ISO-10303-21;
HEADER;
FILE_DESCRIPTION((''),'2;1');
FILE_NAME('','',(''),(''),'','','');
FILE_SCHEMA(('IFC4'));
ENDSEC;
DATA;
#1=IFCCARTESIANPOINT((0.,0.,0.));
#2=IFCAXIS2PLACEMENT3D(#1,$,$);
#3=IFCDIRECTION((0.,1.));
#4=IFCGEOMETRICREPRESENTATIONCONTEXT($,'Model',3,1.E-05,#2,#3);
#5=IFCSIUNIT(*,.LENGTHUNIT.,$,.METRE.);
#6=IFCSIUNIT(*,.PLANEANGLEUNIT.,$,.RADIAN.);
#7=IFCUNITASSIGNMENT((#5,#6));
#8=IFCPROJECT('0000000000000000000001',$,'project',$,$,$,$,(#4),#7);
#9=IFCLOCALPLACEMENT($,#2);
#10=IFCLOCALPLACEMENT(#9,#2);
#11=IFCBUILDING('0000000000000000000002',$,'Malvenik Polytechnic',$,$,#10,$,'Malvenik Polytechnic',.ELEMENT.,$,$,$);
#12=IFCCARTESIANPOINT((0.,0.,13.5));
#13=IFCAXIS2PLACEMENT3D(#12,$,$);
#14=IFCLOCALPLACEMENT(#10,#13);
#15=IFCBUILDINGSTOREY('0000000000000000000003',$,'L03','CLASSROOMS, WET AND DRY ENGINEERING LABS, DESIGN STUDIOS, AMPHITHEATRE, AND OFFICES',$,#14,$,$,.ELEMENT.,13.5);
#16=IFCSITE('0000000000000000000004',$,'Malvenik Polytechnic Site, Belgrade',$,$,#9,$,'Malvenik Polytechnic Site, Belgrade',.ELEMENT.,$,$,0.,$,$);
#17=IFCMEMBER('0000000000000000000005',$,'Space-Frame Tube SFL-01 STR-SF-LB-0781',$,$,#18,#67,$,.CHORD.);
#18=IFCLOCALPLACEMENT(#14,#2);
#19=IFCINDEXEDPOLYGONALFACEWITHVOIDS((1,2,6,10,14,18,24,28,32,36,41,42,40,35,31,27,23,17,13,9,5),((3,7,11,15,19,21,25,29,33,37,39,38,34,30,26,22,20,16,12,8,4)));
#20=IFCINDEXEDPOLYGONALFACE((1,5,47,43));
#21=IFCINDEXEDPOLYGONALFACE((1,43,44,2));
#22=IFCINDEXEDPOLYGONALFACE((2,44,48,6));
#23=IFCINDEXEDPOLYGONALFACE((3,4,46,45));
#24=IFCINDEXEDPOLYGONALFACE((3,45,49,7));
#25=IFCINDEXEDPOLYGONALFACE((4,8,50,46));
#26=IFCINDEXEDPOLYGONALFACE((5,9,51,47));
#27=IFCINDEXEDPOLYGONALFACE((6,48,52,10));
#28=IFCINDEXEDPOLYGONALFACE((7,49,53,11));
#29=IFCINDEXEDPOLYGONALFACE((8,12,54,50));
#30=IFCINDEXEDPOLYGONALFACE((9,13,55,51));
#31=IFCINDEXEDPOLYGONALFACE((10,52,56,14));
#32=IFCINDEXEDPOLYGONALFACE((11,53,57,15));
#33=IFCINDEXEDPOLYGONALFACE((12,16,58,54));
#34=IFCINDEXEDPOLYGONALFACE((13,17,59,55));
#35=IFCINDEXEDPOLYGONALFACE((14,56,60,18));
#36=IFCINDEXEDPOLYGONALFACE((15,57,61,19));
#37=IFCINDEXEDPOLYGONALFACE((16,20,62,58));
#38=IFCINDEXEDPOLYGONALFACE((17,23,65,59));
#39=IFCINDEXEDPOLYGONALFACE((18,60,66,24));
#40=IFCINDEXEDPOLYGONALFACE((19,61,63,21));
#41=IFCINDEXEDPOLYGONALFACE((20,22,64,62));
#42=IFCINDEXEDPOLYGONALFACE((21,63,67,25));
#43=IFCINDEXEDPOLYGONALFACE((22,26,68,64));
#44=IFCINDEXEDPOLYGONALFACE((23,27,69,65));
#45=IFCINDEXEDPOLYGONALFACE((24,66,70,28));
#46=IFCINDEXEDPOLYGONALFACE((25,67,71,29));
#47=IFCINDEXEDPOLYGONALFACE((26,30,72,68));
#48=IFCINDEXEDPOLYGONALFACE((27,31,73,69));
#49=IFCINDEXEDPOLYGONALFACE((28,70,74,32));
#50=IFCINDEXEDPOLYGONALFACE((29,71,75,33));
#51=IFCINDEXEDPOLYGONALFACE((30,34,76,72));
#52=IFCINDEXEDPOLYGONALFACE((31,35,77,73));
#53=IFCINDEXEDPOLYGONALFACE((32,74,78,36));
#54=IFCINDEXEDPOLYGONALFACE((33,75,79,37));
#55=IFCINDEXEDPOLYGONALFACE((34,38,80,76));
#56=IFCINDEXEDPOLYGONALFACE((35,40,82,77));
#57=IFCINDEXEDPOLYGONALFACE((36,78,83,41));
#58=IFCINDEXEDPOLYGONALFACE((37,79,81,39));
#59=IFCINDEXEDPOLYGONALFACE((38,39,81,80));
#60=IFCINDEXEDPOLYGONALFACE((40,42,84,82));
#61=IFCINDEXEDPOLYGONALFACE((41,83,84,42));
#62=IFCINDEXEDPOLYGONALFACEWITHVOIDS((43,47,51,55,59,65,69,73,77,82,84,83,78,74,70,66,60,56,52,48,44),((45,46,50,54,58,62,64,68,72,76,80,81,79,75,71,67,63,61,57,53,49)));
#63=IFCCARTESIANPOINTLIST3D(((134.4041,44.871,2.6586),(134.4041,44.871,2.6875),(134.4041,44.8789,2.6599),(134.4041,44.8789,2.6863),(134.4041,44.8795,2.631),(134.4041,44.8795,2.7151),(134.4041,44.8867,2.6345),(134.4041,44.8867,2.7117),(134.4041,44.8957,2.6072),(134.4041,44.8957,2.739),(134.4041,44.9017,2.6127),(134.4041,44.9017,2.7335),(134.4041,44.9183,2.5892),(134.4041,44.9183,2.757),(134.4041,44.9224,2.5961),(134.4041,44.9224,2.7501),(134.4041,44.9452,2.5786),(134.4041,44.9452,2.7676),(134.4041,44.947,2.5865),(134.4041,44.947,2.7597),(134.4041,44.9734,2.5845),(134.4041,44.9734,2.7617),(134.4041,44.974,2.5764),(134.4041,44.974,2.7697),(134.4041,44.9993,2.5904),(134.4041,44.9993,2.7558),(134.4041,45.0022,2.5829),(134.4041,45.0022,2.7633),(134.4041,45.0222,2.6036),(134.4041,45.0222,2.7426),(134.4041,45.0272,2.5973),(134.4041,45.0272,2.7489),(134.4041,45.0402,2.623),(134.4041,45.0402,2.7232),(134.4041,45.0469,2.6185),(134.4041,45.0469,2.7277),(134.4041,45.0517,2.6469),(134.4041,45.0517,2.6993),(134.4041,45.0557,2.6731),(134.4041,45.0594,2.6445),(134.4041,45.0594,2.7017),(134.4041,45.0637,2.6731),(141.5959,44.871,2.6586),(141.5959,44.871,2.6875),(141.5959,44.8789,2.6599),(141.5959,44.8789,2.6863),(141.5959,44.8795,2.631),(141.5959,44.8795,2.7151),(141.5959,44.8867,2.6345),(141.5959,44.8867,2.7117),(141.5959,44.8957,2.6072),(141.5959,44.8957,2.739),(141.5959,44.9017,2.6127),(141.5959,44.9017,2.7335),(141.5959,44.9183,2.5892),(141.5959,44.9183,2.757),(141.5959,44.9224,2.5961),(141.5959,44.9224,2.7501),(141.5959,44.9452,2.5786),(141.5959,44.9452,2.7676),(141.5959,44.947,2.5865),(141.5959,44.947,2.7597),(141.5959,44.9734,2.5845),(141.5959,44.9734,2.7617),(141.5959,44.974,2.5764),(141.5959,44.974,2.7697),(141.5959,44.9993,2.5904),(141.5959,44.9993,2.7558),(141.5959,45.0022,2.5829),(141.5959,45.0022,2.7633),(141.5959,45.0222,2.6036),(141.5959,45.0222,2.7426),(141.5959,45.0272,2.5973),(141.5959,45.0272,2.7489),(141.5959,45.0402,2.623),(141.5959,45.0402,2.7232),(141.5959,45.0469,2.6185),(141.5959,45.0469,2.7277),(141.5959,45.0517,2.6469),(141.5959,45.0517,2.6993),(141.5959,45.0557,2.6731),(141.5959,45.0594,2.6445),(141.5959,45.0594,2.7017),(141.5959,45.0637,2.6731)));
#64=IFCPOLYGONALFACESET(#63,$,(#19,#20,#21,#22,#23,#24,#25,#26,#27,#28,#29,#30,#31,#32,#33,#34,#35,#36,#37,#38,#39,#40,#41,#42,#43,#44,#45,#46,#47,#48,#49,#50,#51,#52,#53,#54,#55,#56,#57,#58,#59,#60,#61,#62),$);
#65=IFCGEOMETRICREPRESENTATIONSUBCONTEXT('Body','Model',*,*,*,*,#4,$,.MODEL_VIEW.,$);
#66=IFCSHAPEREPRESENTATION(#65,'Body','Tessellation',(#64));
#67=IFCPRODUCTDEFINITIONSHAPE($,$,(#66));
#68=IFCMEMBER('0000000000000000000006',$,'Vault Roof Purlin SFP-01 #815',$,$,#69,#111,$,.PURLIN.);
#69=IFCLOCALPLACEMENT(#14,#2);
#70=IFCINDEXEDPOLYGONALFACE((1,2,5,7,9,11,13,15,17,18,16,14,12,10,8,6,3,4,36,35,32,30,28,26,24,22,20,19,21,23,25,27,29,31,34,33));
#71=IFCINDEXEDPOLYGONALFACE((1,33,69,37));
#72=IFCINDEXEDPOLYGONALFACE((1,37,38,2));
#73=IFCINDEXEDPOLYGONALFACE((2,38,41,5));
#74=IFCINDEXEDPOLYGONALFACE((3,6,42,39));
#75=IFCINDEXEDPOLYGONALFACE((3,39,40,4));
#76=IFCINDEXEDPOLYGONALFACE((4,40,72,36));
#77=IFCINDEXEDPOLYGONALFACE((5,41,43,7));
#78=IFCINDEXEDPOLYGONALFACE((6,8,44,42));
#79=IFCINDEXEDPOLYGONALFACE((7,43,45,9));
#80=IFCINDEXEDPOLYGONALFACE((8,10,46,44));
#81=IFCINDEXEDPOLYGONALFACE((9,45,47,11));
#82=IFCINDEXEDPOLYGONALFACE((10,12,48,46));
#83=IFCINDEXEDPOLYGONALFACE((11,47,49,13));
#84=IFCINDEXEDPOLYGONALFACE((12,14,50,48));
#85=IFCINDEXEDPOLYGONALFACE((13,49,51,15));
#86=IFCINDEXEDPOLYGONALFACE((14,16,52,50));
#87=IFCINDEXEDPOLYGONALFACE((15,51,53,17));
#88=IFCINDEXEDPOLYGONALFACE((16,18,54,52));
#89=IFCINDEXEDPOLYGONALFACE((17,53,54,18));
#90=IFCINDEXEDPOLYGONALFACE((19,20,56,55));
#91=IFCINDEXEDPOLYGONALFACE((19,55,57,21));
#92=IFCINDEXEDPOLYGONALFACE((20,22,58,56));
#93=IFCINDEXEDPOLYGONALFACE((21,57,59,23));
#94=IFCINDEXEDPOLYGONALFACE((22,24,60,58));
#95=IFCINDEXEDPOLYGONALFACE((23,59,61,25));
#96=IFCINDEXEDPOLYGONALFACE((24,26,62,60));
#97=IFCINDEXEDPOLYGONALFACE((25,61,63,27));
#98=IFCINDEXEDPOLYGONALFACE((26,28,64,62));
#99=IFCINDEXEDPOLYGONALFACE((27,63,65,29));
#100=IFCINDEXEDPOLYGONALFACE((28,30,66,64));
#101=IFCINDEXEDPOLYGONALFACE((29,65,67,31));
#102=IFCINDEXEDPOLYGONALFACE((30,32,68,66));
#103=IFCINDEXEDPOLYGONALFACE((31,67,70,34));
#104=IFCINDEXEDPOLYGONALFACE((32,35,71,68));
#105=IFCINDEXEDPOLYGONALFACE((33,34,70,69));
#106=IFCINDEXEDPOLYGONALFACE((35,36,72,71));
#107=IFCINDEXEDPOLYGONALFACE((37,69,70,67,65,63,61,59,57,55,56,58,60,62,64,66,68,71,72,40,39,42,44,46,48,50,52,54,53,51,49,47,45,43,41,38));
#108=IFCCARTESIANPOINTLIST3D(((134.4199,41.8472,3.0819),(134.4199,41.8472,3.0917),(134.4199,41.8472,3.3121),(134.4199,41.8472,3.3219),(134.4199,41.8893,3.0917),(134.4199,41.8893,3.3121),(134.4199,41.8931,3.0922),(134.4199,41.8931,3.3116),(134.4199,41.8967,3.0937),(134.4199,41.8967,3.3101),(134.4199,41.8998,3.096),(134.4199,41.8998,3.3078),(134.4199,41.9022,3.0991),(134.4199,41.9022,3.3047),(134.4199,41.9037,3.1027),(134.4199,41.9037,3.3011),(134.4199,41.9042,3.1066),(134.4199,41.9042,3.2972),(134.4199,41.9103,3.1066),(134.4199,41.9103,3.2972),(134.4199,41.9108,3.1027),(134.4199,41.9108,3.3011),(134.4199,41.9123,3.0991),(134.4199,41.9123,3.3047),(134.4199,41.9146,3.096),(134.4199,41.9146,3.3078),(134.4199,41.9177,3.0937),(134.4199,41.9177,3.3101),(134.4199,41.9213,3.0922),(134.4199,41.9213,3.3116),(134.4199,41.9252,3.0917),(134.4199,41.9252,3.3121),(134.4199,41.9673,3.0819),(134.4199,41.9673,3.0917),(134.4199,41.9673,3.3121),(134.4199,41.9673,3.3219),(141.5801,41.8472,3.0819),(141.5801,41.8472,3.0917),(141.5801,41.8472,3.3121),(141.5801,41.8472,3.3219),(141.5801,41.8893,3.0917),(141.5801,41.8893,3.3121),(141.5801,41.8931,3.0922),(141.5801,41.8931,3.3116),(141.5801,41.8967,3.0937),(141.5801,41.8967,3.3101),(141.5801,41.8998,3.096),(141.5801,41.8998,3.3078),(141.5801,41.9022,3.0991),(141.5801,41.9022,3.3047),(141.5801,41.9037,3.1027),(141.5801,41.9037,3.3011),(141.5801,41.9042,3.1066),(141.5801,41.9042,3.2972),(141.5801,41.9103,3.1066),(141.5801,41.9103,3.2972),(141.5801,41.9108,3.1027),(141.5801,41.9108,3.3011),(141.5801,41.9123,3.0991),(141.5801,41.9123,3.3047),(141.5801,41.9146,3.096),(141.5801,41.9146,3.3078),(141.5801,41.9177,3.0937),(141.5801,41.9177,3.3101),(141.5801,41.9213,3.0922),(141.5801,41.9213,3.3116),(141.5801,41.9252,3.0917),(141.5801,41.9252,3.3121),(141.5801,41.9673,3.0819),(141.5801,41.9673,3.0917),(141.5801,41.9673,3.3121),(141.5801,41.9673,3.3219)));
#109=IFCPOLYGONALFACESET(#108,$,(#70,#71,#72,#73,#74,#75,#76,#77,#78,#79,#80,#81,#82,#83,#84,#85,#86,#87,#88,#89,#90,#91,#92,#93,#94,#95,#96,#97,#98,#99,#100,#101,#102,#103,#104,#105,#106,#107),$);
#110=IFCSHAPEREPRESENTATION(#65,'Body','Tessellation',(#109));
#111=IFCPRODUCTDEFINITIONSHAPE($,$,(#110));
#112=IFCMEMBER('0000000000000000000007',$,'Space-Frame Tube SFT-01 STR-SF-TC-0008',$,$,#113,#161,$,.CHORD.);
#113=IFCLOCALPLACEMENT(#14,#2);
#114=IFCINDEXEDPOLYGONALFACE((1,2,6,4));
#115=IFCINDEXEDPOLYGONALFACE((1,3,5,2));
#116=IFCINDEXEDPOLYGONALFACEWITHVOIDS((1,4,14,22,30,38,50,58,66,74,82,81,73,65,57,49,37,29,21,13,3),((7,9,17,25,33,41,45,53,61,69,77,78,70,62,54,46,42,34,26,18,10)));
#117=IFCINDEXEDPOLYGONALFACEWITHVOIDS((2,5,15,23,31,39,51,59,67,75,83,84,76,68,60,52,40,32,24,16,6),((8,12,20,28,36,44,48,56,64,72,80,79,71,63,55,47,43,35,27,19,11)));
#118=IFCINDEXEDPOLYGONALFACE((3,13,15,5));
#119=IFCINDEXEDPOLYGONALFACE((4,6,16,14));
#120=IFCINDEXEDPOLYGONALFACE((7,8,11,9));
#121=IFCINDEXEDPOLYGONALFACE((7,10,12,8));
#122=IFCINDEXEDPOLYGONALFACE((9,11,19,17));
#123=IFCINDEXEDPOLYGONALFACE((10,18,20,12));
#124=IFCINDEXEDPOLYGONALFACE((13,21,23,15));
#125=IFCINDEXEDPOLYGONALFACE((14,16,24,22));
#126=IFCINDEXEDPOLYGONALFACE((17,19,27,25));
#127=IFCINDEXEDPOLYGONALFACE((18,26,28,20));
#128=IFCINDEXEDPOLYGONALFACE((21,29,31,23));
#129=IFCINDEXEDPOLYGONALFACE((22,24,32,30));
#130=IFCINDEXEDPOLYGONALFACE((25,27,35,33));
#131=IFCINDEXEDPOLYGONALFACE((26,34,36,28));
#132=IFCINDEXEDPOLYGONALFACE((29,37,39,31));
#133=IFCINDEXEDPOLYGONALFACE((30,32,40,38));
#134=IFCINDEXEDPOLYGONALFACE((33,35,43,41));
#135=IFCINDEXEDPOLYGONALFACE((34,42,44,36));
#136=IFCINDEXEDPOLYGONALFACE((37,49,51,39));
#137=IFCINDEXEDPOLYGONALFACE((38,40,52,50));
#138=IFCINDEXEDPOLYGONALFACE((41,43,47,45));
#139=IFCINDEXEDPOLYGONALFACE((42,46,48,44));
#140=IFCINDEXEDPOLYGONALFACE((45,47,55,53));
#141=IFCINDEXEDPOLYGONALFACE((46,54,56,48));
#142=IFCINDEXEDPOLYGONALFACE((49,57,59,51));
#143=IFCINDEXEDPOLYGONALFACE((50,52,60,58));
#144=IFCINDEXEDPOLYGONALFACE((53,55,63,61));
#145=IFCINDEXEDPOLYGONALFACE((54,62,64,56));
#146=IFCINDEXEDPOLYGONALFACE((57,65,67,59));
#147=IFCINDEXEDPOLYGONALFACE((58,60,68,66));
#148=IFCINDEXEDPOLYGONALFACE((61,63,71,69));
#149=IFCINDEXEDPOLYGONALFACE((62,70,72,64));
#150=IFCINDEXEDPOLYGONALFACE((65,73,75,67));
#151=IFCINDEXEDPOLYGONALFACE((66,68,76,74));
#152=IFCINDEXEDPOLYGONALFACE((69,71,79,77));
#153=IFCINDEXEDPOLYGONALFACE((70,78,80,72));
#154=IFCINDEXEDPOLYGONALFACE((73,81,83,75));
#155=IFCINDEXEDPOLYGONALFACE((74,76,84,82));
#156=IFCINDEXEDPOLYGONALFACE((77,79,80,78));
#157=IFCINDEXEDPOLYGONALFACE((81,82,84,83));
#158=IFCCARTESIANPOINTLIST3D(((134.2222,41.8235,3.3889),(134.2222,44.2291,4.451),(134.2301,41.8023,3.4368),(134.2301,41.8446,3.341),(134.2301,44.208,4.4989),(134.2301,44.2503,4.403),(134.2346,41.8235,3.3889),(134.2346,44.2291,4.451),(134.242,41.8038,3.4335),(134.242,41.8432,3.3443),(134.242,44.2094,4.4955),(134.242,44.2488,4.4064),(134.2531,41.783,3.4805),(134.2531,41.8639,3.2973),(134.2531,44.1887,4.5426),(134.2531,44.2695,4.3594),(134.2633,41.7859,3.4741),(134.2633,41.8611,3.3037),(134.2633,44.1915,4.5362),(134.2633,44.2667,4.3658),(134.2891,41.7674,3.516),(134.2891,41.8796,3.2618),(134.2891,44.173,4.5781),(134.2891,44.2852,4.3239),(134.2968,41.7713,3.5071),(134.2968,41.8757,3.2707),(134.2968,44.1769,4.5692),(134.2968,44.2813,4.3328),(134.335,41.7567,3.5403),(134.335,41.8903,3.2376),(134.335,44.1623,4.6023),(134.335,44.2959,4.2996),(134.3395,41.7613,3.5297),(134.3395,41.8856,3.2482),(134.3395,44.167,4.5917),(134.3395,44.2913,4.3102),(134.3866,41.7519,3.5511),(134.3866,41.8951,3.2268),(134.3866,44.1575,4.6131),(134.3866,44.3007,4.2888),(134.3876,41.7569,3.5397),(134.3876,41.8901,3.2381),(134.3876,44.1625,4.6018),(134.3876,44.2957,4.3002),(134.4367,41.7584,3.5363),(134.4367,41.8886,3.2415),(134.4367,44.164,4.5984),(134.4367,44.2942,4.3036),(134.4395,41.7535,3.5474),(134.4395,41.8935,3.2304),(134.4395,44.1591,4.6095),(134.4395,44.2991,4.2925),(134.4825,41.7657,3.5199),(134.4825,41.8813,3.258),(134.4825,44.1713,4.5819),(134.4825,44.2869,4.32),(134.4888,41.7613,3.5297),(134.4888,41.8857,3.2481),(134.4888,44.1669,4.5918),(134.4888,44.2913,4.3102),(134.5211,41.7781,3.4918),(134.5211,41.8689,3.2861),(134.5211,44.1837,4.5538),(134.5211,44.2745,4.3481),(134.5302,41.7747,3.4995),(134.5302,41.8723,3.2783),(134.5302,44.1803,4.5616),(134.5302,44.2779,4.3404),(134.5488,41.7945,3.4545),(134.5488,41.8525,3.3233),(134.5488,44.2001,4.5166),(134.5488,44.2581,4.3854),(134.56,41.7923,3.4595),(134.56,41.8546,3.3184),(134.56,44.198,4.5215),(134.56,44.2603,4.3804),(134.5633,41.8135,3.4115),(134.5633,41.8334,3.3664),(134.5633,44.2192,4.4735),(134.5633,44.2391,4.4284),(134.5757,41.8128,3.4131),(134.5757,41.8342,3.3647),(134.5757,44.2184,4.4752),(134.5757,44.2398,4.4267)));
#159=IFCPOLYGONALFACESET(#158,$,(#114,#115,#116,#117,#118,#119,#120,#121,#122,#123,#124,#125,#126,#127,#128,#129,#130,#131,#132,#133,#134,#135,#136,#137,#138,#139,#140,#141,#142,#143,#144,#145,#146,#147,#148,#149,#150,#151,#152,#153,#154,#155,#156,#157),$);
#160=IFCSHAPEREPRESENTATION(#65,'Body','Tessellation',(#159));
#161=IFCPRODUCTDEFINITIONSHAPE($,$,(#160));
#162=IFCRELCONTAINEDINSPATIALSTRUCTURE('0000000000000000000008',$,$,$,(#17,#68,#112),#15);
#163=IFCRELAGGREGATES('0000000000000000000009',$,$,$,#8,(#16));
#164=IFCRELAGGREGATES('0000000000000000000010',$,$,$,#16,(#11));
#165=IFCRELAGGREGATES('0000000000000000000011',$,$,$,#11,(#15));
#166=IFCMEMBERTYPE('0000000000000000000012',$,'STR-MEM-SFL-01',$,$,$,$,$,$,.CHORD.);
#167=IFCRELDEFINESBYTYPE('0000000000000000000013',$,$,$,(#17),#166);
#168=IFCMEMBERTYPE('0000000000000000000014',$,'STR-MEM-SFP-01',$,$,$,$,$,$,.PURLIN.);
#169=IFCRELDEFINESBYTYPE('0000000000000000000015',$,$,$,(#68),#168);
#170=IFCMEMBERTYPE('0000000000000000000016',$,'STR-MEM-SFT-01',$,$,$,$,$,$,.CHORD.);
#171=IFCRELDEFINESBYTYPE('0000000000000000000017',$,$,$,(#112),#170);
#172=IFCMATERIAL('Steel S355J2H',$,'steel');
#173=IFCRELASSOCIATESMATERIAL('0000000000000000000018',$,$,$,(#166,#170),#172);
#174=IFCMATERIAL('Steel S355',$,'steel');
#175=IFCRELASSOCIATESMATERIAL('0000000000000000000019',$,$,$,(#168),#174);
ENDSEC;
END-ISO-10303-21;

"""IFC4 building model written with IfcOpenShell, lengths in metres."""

from ifc_helpers import new_model, si_unit, direction, frame, origin, origin_2d, place, context, subcontext, project, spatial, hollow_circle, i_section, extrude, material, material_profile, profile_set, type_object, element, save


model = new_model("IFC4")

# Units and contexts
model_context = context("Model", 3, precision=1e-05, world=origin(), true_north=direction((0.0, 1.0)))
body_context = subcontext(model_context, "Body", "Model", "MODEL_VIEW")
ifc_project = project(units=[si_unit("LENGTHUNIT", "METRE"), si_unit("PLANEANGLEUNIT", "RADIAN")], contexts=[model_context])

# Site, building, storey
site_placement = place(None, origin())
site = spatial("IfcSite", under=ifc_project, at=site_placement, Name="Malvenik Polytechnic Site, Belgrade", LongName="Malvenik Polytechnic Site, Belgrade", CompositionType="ELEMENT", RefElevation=0.0)
building_placement = place(site_placement, origin())
building = spatial("IfcBuilding", under=site, at=building_placement, Name="Malvenik Polytechnic", LongName="Malvenik Polytechnic", CompositionType="ELEMENT")
storey_placement = place(building_placement, frame((0.0, 0.0, 13.5)))
storey = spatial("IfcBuildingStorey", under=building, at=storey_placement, Name="L03", Description="CLASSROOMS, WET AND DRY ENGINEERING LABS, DESIGN STUDIOS, AMPHITHEATRE, AND OFFICES", CompositionType="ELEMENT", Elevation=13.5)

# Members
ifc_material_1 = material(Name="Steel S355J2H", Category="steel")
ifc_material_profile_1 = material_profile(ifc_material_1, hollow_circle(Radius=0.0969, WallThickness=0.0081, at=origin_2d()), Name="CHS 193.7x8.0")
ifc_profile_set_1 = profile_set([ifc_material_profile_1], Name="Steel S355J2H")
member_type_1 = type_object("IfcMemberType", Name="STR-MEM-SFL-01", PredefinedType="CHORD", material=ifc_profile_set_1)
for number, where, z_axis, x_axis, name in (
    (1, (134.4041, 44.9668, 2.6731), (1.0, 0.0, 0.0), (0.0, 1.0, 0.0), "Space-Frame Tube SFL-01 STR-SF-LB-0781"),
):
    element("IfcMember", number, at=place(storey_placement, frame(where, z_axis=z_axis, x_axis=x_axis)), inside=storey, type_object=member_type_1, Name=name, PredefinedType="CHORD", context=body_context, shape_type="SweptSolid", body=[
        extrude(hollow_circle(Radius=0.0969, WallThickness=0.0081, at=origin_2d()), origin(), (0.0, 0.0, 1.0), 7.1919),
    ])
ifc_material_2 = material(Name="Steel S355", Category="steel")
ifc_material_profile_2 = material_profile(ifc_material_2, i_section(OverallWidth=0.1201, OverallDepth=0.24, WebThickness=0.0061, FlangeThickness=0.0098, FilletRadius=0.0149, at=origin_2d()), Name="IPE 240")
ifc_profile_set_2 = profile_set([ifc_material_profile_2], Name="Steel S355")
member_type_2 = type_object("IfcMemberType", Name="STR-MEM-SFP-01", PredefinedType="PURLIN", material=ifc_profile_set_2)
member_1_placement = place(storey_placement, frame((134.4199, 41.9072, 3.2019), z_axis=(1.0, 0.0, 0.0), x_axis=(0.0, 1.0, 0.0)))
element("IfcMember", 2, at=member_1_placement, inside=storey, type_object=member_type_2, Name="Vault Roof Purlin SFP-01 #815", PredefinedType="PURLIN", context=body_context, shape_type="SweptSolid", body=[
    extrude(i_section(OverallWidth=0.1201, OverallDepth=0.24, WebThickness=0.0061, FlangeThickness=0.0098, FilletRadius=0.0149, at=origin_2d()), origin(), (0.0, 0.0, 1.0), 7.1602),
])
ifc_material_profile_3 = material_profile(ifc_material_1, hollow_circle(Radius=0.1777, WallThickness=0.0125, at=origin_2d()), Name="CHS 355.6x12.5")
ifc_profile_set_3 = profile_set([ifc_material_profile_3], Name="Steel S355J2H")
member_type_3 = type_object("IfcMemberType", Name="STR-MEM-SFT-01", PredefinedType="CHORD", material=ifc_profile_set_3)
member_2_placement = place(storey_placement, frame((134.3999, 41.8235, 3.3889), z_axis=(0.0, 0.914812, 0.40388), x_axis=(-1.0, 0.0, 0.0)))
element("IfcMember", 3, at=member_2_placement, inside=storey, type_object=member_type_3, Name="Space-Frame Tube SFT-01 STR-SF-TC-0008", PredefinedType="CHORD", context=body_context, shape_type="SweptSolid", body=[
    extrude(hollow_circle(Radius=0.1777, WallThickness=0.0125, at=origin_2d()), origin(), (0.0, 0.0, 1.0), 2.6296),
])

save(model, "model.ifc")
